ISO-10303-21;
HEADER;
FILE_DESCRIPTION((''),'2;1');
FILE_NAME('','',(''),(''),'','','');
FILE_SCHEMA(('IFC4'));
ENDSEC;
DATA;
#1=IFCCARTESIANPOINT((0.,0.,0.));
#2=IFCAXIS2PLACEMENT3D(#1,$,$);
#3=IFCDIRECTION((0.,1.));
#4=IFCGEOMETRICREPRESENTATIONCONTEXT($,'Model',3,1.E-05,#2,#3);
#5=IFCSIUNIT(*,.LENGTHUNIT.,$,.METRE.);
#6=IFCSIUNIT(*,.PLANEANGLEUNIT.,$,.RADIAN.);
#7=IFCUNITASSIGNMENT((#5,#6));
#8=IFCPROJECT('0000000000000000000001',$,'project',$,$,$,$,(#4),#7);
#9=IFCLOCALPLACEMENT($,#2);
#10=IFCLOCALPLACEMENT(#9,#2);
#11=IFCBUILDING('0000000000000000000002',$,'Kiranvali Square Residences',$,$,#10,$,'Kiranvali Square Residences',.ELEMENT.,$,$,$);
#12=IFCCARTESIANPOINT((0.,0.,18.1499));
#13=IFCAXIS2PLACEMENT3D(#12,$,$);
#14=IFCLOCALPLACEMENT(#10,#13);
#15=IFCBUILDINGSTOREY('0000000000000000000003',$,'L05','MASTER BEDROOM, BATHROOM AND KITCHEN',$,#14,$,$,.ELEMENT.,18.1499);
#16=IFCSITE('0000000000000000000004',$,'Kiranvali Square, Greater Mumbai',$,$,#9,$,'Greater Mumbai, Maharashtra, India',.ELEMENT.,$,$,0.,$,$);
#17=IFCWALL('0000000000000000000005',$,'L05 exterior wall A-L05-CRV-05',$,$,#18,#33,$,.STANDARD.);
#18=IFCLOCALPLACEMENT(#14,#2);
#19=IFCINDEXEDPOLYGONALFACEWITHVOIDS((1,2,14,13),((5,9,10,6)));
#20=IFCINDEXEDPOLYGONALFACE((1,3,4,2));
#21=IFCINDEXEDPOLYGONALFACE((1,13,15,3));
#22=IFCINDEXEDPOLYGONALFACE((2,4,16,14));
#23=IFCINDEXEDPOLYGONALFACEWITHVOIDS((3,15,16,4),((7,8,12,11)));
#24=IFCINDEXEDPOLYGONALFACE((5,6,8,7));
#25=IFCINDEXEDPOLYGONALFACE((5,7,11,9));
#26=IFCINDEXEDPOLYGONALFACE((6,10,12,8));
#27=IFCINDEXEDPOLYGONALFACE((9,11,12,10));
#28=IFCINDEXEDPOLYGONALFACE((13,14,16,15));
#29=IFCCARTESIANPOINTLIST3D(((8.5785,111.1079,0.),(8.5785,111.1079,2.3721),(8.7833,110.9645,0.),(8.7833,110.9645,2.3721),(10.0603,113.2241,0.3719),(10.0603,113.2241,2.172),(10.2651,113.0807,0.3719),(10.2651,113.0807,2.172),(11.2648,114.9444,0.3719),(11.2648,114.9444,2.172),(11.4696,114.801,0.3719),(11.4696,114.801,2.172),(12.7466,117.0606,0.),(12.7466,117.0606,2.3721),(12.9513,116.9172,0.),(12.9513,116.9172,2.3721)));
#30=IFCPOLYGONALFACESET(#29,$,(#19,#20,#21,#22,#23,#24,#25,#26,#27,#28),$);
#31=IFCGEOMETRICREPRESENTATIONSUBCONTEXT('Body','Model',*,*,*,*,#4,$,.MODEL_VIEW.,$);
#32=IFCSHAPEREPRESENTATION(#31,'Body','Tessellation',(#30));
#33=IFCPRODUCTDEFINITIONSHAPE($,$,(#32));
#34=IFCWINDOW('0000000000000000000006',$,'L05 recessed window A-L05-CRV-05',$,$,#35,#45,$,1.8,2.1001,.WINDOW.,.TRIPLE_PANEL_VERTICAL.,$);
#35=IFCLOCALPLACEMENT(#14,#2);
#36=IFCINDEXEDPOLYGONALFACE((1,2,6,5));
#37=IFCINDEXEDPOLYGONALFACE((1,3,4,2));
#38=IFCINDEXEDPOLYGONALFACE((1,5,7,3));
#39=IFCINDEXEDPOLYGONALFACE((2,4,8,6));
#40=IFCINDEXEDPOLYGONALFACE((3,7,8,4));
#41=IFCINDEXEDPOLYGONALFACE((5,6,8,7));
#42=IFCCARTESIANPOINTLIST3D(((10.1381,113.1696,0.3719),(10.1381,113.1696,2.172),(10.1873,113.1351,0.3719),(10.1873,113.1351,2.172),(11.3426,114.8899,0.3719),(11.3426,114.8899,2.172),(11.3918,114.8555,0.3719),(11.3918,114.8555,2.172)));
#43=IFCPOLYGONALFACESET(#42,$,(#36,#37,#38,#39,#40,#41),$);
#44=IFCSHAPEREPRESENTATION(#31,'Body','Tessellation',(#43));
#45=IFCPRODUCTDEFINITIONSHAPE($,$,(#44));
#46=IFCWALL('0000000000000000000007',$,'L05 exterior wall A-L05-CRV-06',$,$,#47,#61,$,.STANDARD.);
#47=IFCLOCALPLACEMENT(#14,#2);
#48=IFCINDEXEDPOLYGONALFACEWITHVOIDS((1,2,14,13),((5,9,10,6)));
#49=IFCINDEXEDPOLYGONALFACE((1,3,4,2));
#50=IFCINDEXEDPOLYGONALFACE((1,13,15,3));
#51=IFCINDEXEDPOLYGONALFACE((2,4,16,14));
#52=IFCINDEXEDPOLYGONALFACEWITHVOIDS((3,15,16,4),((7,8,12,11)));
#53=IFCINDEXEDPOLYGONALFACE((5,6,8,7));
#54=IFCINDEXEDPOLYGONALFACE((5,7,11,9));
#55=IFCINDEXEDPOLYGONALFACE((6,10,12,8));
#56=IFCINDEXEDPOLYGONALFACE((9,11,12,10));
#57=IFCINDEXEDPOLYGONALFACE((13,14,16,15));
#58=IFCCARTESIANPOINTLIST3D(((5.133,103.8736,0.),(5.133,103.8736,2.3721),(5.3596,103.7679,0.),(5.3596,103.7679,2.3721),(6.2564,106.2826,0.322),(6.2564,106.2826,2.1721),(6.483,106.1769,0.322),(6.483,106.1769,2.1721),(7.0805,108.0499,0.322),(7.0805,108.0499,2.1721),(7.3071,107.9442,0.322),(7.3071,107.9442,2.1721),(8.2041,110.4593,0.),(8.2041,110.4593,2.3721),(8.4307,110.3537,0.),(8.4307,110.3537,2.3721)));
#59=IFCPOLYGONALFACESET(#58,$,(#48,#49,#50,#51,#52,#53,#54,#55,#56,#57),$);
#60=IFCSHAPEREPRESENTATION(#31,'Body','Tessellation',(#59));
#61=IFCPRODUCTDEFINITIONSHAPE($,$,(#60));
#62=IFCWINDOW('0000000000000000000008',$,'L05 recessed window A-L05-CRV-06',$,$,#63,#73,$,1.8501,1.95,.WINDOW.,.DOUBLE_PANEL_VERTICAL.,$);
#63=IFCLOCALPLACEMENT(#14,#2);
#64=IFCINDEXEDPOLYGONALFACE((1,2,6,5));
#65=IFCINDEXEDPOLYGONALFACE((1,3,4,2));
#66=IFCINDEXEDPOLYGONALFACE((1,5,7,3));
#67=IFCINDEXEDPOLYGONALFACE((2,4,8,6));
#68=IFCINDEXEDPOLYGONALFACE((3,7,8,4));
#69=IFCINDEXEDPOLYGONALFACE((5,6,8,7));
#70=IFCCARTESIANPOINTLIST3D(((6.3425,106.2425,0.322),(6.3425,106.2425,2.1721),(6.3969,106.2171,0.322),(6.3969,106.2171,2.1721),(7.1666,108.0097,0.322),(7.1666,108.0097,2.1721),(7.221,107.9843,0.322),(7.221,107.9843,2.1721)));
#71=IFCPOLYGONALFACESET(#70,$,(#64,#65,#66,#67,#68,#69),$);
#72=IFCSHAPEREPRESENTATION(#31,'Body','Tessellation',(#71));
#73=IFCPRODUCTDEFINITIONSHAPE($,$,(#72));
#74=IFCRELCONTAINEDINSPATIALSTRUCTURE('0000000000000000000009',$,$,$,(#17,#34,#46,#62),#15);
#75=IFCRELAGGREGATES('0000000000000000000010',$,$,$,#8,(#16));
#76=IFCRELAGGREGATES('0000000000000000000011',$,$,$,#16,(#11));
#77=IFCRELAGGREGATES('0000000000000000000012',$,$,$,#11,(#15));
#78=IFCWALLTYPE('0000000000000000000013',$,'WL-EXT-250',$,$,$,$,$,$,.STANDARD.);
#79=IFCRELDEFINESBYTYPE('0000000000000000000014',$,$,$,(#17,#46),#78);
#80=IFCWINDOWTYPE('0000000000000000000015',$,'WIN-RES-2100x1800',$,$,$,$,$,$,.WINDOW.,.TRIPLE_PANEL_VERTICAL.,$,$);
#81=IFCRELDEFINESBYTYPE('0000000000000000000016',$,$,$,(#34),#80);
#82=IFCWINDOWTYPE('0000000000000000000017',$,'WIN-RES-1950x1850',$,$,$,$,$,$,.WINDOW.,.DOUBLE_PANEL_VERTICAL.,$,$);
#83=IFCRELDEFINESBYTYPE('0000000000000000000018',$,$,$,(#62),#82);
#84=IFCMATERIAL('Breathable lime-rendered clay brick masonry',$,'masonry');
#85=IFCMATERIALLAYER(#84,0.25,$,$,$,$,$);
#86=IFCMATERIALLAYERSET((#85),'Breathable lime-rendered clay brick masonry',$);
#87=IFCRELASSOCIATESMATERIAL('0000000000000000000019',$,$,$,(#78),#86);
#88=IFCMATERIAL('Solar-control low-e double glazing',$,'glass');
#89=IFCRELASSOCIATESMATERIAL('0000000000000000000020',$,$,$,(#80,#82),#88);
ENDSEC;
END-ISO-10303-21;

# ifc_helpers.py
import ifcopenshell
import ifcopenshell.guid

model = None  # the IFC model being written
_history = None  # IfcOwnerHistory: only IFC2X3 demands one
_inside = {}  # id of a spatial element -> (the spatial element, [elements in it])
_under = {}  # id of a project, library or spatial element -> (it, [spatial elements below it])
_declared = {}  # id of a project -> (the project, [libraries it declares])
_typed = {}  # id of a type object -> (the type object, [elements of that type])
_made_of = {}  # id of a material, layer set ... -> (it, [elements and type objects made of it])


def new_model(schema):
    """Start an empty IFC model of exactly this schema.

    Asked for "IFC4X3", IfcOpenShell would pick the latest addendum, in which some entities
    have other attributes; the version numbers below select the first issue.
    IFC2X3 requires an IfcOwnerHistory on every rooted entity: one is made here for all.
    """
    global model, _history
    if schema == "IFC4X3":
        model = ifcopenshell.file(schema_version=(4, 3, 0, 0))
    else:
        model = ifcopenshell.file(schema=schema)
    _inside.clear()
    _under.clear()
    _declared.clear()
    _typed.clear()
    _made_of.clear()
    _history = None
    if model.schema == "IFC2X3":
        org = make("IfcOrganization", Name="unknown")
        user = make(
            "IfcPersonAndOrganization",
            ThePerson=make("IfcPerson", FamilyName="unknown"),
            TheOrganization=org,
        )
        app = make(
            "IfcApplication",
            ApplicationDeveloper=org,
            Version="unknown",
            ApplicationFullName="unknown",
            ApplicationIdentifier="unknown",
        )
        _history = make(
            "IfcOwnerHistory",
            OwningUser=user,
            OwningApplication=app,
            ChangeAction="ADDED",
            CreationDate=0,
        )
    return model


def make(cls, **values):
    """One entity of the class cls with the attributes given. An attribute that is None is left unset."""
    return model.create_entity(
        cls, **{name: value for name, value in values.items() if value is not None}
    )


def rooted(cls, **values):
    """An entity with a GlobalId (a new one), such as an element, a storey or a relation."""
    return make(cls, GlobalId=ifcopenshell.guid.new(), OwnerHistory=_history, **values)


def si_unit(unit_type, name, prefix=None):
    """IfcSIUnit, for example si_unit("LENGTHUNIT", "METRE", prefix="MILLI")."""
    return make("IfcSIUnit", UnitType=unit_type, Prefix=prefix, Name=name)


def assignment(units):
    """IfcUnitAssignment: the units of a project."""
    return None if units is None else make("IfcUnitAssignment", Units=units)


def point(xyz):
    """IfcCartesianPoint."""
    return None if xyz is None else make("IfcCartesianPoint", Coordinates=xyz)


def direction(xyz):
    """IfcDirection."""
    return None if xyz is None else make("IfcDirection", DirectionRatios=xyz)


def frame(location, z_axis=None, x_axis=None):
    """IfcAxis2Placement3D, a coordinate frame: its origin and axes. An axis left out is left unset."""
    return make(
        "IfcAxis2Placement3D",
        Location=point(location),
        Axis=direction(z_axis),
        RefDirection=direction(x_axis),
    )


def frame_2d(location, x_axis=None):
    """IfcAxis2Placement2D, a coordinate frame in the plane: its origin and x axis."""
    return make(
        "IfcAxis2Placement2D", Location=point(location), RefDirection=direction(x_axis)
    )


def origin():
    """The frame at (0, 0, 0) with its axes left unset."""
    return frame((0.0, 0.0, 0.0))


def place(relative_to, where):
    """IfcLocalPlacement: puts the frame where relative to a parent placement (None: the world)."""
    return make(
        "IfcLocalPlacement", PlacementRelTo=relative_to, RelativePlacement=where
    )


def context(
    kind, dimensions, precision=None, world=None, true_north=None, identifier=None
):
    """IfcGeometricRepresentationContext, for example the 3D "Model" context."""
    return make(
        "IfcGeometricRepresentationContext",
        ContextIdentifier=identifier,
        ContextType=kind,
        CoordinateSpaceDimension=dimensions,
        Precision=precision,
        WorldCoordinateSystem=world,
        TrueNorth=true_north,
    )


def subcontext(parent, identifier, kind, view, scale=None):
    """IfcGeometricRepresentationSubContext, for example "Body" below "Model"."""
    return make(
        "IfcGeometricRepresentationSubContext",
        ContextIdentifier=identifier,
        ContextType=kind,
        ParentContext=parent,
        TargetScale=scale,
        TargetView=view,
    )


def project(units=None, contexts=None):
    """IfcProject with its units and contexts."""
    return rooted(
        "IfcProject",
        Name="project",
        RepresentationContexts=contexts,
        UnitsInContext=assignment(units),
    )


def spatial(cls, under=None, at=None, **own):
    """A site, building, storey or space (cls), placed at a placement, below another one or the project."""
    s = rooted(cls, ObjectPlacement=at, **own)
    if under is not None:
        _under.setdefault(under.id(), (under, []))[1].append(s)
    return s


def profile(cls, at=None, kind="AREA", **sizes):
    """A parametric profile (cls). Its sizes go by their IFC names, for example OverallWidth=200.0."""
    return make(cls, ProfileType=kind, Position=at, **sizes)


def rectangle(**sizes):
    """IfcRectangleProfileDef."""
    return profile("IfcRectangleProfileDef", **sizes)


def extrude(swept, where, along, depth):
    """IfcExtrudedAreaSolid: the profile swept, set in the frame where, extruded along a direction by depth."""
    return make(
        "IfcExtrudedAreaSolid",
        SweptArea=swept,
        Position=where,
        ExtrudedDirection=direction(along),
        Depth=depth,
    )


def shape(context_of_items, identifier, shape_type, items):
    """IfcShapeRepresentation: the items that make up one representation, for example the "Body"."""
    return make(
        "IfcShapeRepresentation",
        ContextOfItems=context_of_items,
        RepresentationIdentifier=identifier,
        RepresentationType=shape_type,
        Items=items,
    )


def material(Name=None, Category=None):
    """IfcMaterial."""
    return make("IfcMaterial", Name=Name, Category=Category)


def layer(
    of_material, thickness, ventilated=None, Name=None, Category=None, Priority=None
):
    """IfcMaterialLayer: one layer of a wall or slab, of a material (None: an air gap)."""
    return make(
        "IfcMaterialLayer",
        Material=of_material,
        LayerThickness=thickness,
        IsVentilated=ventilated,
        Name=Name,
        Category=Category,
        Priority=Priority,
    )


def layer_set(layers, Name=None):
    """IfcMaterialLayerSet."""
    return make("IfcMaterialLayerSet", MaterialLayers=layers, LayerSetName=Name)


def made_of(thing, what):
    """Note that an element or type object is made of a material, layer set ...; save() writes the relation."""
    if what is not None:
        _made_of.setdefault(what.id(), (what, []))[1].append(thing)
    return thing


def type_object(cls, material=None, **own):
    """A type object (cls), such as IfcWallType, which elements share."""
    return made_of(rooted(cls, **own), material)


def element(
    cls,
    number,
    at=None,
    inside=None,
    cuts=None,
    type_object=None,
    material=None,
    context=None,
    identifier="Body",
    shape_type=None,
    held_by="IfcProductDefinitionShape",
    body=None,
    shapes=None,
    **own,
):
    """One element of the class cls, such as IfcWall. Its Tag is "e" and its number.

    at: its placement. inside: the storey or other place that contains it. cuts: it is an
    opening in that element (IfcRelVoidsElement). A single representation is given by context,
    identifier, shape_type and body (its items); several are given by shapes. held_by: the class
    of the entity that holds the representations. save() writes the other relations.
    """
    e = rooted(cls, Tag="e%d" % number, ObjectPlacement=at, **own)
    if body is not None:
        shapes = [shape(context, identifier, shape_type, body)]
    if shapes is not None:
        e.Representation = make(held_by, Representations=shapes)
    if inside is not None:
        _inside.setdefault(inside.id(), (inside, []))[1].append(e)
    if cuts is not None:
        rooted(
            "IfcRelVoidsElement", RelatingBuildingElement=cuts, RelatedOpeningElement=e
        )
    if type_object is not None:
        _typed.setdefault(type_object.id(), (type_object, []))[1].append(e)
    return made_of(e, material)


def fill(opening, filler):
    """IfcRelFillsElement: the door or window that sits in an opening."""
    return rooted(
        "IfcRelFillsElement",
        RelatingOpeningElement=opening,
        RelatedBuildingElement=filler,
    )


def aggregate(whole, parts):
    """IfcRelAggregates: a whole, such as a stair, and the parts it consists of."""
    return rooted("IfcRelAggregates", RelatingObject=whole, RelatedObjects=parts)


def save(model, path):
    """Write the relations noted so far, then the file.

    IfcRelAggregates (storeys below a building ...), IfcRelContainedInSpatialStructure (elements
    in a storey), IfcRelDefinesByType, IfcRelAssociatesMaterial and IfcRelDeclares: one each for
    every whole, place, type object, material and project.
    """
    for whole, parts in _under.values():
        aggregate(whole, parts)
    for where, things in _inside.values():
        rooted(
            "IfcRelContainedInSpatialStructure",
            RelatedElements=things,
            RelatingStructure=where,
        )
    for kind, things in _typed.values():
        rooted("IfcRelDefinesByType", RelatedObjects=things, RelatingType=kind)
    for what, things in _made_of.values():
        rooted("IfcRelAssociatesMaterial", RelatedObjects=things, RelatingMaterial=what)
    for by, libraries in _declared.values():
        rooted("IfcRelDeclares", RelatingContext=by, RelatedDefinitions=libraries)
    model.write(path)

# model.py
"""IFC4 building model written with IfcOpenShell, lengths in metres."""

from ifc_helpers import new_model, si_unit, direction, frame, frame_2d, origin, place, context, subcontext, project, spatial, rectangle, extrude, material, layer, layer_set, type_object, element, fill, save


model = new_model("IFC4")

# Units and contexts
model_context = context("Model", 3, precision=1e-05, world=origin(), true_north=direction((0.0, 1.0)))
body_context = subcontext(model_context, "Body", "Model", "MODEL_VIEW")
ifc_project = project(units=[si_unit("LENGTHUNIT", "METRE"), si_unit("PLANEANGLEUNIT", "RADIAN")], contexts=[model_context])

# Site, building, storey
site_placement = place(None, origin())
site = spatial("IfcSite", under=ifc_project, at=site_placement, Name="Kiranvali Square, Greater Mumbai", LongName="Greater Mumbai, Maharashtra, India", CompositionType="ELEMENT", RefElevation=0.0)
building_placement = place(site_placement, origin())
building = spatial("IfcBuilding", under=site, at=building_placement, Name="Kiranvali Square Residences", LongName="Kiranvali Square Residences", CompositionType="ELEMENT")
storey_placement = place(building_placement, frame((0.0, 0.0, 18.1499)))
storey = spatial("IfcBuildingStorey", under=building, at=storey_placement, Name="L05", Description="MASTER BEDROOM, BATHROOM AND KITCHEN", CompositionType="ELEMENT", Elevation=18.1499)

# Shared definitions
ifc_material_1 = material(Name="Breathable lime-rendered clay brick masonry", Category="masonry")
ifc_layer = layer(ifc_material_1, 0.25)
ifc_layer_set = layer_set([ifc_layer], Name="Breathable lime-rendered clay brick masonry")
wall_type = type_object("IfcWallType", Name="WL-EXT-250", PredefinedType="STANDARD", material=ifc_layer_set)
ifc_material_2 = material(Name="Solar-control low-e double glazing", Category="glass")

# Walls, openings, windows
wall_1_placement = place(storey_placement, frame((12.8489, 116.9888, 0.0), z_axis=(0.0, 0.0, 1.0), x_axis=(-0.573566, -0.819159, 0.0)))
wall_1 = element("IfcWall", 1, at=wall_1_placement, inside=storey, type_object=wall_type, Name="L05 exterior wall A-L05-CRV-05", PredefinedType="STANDARD", context=body_context, shape_type="SweptSolid", body=[
    extrude(rectangle(XDim=7.2668, YDim=0.25, at=frame_2d((3.6333, 0.0))), origin(), (0.0, 0.0, 1.0), 2.3721),
])
opening_1_placement = place(wall_1_placement, frame((2.5833, 0.0, 0.3721)))
opening_1 = element("IfcOpeningElement", 2, at=opening_1_placement, cuts=wall_1, PredefinedType="OPENING", context=body_context, shape_type="SweptSolid", body=[
    extrude(rectangle(XDim=2.1001, YDim=1.8, at=frame_2d((1.05, 0.8999))), frame((0.0, 0.135, 0.0), z_axis=(0.0, -1.0, 0.0), x_axis=(1.0, 0.0, 0.0)), (0.0, 0.0, 1.0), 0.27),
])
window_type_1 = type_object("IfcWindowType", Name="WIN-RES-2100x1800", PartitioningType="TRIPLE_PANEL_VERTICAL", PredefinedType="WINDOW", material=ifc_material_2)
window_1_placement = place(opening_1_placement, origin())
window_1 = element("IfcWindow", 3, at=window_1_placement, inside=storey, type_object=window_type_1, Name="L05 recessed window A-L05-CRV-05", OverallHeight=1.8, OverallWidth=2.1001, PartitioningType="TRIPLE_PANEL_VERTICAL", PredefinedType="WINDOW", context=body_context, shape_type="SweptSolid", body=[
    extrude(rectangle(XDim=2.1001, YDim=1.8, at=frame_2d((1.05, 0.8999))), frame((0.0, 0.03, 0.0), z_axis=(0.0, -1.0, 0.0), x_axis=(1.0, 0.0, 0.0)), (0.0, 0.0, 1.0), 0.0601),
])
fill(opening_1, window_1)
wall_2_placement = place(storey_placement, frame((8.3174, 110.4065, 0.0), z_axis=(0.0, 0.0, 1.0), x_axis=(-0.422628, -0.906303, 0.0)))
wall_2 = element("IfcWall", 4, at=wall_2_placement, inside=storey, type_object=wall_type, Name="L05 exterior wall A-L05-CRV-06", PredefinedType="STANDARD", context=body_context, shape_type="SweptSolid", body=[
    extrude(rectangle(XDim=7.2666, YDim=0.25, at=frame_2d((3.6333, 0.0))), origin(), (0.0, 0.0, 1.0), 2.3721),
])
opening_2_placement = place(wall_2_placement, frame((2.6584, 0.0, 0.322)))
opening_2 = element("IfcOpeningElement", 5, at=opening_2_placement, cuts=wall_2, PredefinedType="OPENING", context=body_context, shape_type="SweptSolid", body=[
    extrude(rectangle(XDim=1.95, YDim=1.8501, at=frame_2d((0.9751, 0.925))), frame((0.0, 0.135, 0.0), z_axis=(0.0, -1.0, 0.0), x_axis=(1.0, 0.0, 0.0)), (0.0, 0.0, 1.0), 0.27),
])
window_type_2 = type_object("IfcWindowType", Name="WIN-RES-1950x1850", PartitioningType="DOUBLE_PANEL_VERTICAL", PredefinedType="WINDOW", material=ifc_material_2)
window_2_placement = place(opening_2_placement, origin())
window_2 = element("IfcWindow", 6, at=window_2_placement, inside=storey, type_object=window_type_2, Name="L05 recessed window A-L05-CRV-06", OverallHeight=1.8501, OverallWidth=1.95, PartitioningType="DOUBLE_PANEL_VERTICAL", PredefinedType="WINDOW", context=body_context, shape_type="SweptSolid", body=[
    extrude(rectangle(XDim=1.95, YDim=1.8501, at=frame_2d((0.9751, 0.925))), frame((0.0, 0.03, 0.0), z_axis=(0.0, -1.0, 0.0), x_axis=(1.0, 0.0, 0.0)), (0.0, 0.0, 1.0), 0.0601),
])
fill(opening_2, window_2)

save(model, "model.ifc")
